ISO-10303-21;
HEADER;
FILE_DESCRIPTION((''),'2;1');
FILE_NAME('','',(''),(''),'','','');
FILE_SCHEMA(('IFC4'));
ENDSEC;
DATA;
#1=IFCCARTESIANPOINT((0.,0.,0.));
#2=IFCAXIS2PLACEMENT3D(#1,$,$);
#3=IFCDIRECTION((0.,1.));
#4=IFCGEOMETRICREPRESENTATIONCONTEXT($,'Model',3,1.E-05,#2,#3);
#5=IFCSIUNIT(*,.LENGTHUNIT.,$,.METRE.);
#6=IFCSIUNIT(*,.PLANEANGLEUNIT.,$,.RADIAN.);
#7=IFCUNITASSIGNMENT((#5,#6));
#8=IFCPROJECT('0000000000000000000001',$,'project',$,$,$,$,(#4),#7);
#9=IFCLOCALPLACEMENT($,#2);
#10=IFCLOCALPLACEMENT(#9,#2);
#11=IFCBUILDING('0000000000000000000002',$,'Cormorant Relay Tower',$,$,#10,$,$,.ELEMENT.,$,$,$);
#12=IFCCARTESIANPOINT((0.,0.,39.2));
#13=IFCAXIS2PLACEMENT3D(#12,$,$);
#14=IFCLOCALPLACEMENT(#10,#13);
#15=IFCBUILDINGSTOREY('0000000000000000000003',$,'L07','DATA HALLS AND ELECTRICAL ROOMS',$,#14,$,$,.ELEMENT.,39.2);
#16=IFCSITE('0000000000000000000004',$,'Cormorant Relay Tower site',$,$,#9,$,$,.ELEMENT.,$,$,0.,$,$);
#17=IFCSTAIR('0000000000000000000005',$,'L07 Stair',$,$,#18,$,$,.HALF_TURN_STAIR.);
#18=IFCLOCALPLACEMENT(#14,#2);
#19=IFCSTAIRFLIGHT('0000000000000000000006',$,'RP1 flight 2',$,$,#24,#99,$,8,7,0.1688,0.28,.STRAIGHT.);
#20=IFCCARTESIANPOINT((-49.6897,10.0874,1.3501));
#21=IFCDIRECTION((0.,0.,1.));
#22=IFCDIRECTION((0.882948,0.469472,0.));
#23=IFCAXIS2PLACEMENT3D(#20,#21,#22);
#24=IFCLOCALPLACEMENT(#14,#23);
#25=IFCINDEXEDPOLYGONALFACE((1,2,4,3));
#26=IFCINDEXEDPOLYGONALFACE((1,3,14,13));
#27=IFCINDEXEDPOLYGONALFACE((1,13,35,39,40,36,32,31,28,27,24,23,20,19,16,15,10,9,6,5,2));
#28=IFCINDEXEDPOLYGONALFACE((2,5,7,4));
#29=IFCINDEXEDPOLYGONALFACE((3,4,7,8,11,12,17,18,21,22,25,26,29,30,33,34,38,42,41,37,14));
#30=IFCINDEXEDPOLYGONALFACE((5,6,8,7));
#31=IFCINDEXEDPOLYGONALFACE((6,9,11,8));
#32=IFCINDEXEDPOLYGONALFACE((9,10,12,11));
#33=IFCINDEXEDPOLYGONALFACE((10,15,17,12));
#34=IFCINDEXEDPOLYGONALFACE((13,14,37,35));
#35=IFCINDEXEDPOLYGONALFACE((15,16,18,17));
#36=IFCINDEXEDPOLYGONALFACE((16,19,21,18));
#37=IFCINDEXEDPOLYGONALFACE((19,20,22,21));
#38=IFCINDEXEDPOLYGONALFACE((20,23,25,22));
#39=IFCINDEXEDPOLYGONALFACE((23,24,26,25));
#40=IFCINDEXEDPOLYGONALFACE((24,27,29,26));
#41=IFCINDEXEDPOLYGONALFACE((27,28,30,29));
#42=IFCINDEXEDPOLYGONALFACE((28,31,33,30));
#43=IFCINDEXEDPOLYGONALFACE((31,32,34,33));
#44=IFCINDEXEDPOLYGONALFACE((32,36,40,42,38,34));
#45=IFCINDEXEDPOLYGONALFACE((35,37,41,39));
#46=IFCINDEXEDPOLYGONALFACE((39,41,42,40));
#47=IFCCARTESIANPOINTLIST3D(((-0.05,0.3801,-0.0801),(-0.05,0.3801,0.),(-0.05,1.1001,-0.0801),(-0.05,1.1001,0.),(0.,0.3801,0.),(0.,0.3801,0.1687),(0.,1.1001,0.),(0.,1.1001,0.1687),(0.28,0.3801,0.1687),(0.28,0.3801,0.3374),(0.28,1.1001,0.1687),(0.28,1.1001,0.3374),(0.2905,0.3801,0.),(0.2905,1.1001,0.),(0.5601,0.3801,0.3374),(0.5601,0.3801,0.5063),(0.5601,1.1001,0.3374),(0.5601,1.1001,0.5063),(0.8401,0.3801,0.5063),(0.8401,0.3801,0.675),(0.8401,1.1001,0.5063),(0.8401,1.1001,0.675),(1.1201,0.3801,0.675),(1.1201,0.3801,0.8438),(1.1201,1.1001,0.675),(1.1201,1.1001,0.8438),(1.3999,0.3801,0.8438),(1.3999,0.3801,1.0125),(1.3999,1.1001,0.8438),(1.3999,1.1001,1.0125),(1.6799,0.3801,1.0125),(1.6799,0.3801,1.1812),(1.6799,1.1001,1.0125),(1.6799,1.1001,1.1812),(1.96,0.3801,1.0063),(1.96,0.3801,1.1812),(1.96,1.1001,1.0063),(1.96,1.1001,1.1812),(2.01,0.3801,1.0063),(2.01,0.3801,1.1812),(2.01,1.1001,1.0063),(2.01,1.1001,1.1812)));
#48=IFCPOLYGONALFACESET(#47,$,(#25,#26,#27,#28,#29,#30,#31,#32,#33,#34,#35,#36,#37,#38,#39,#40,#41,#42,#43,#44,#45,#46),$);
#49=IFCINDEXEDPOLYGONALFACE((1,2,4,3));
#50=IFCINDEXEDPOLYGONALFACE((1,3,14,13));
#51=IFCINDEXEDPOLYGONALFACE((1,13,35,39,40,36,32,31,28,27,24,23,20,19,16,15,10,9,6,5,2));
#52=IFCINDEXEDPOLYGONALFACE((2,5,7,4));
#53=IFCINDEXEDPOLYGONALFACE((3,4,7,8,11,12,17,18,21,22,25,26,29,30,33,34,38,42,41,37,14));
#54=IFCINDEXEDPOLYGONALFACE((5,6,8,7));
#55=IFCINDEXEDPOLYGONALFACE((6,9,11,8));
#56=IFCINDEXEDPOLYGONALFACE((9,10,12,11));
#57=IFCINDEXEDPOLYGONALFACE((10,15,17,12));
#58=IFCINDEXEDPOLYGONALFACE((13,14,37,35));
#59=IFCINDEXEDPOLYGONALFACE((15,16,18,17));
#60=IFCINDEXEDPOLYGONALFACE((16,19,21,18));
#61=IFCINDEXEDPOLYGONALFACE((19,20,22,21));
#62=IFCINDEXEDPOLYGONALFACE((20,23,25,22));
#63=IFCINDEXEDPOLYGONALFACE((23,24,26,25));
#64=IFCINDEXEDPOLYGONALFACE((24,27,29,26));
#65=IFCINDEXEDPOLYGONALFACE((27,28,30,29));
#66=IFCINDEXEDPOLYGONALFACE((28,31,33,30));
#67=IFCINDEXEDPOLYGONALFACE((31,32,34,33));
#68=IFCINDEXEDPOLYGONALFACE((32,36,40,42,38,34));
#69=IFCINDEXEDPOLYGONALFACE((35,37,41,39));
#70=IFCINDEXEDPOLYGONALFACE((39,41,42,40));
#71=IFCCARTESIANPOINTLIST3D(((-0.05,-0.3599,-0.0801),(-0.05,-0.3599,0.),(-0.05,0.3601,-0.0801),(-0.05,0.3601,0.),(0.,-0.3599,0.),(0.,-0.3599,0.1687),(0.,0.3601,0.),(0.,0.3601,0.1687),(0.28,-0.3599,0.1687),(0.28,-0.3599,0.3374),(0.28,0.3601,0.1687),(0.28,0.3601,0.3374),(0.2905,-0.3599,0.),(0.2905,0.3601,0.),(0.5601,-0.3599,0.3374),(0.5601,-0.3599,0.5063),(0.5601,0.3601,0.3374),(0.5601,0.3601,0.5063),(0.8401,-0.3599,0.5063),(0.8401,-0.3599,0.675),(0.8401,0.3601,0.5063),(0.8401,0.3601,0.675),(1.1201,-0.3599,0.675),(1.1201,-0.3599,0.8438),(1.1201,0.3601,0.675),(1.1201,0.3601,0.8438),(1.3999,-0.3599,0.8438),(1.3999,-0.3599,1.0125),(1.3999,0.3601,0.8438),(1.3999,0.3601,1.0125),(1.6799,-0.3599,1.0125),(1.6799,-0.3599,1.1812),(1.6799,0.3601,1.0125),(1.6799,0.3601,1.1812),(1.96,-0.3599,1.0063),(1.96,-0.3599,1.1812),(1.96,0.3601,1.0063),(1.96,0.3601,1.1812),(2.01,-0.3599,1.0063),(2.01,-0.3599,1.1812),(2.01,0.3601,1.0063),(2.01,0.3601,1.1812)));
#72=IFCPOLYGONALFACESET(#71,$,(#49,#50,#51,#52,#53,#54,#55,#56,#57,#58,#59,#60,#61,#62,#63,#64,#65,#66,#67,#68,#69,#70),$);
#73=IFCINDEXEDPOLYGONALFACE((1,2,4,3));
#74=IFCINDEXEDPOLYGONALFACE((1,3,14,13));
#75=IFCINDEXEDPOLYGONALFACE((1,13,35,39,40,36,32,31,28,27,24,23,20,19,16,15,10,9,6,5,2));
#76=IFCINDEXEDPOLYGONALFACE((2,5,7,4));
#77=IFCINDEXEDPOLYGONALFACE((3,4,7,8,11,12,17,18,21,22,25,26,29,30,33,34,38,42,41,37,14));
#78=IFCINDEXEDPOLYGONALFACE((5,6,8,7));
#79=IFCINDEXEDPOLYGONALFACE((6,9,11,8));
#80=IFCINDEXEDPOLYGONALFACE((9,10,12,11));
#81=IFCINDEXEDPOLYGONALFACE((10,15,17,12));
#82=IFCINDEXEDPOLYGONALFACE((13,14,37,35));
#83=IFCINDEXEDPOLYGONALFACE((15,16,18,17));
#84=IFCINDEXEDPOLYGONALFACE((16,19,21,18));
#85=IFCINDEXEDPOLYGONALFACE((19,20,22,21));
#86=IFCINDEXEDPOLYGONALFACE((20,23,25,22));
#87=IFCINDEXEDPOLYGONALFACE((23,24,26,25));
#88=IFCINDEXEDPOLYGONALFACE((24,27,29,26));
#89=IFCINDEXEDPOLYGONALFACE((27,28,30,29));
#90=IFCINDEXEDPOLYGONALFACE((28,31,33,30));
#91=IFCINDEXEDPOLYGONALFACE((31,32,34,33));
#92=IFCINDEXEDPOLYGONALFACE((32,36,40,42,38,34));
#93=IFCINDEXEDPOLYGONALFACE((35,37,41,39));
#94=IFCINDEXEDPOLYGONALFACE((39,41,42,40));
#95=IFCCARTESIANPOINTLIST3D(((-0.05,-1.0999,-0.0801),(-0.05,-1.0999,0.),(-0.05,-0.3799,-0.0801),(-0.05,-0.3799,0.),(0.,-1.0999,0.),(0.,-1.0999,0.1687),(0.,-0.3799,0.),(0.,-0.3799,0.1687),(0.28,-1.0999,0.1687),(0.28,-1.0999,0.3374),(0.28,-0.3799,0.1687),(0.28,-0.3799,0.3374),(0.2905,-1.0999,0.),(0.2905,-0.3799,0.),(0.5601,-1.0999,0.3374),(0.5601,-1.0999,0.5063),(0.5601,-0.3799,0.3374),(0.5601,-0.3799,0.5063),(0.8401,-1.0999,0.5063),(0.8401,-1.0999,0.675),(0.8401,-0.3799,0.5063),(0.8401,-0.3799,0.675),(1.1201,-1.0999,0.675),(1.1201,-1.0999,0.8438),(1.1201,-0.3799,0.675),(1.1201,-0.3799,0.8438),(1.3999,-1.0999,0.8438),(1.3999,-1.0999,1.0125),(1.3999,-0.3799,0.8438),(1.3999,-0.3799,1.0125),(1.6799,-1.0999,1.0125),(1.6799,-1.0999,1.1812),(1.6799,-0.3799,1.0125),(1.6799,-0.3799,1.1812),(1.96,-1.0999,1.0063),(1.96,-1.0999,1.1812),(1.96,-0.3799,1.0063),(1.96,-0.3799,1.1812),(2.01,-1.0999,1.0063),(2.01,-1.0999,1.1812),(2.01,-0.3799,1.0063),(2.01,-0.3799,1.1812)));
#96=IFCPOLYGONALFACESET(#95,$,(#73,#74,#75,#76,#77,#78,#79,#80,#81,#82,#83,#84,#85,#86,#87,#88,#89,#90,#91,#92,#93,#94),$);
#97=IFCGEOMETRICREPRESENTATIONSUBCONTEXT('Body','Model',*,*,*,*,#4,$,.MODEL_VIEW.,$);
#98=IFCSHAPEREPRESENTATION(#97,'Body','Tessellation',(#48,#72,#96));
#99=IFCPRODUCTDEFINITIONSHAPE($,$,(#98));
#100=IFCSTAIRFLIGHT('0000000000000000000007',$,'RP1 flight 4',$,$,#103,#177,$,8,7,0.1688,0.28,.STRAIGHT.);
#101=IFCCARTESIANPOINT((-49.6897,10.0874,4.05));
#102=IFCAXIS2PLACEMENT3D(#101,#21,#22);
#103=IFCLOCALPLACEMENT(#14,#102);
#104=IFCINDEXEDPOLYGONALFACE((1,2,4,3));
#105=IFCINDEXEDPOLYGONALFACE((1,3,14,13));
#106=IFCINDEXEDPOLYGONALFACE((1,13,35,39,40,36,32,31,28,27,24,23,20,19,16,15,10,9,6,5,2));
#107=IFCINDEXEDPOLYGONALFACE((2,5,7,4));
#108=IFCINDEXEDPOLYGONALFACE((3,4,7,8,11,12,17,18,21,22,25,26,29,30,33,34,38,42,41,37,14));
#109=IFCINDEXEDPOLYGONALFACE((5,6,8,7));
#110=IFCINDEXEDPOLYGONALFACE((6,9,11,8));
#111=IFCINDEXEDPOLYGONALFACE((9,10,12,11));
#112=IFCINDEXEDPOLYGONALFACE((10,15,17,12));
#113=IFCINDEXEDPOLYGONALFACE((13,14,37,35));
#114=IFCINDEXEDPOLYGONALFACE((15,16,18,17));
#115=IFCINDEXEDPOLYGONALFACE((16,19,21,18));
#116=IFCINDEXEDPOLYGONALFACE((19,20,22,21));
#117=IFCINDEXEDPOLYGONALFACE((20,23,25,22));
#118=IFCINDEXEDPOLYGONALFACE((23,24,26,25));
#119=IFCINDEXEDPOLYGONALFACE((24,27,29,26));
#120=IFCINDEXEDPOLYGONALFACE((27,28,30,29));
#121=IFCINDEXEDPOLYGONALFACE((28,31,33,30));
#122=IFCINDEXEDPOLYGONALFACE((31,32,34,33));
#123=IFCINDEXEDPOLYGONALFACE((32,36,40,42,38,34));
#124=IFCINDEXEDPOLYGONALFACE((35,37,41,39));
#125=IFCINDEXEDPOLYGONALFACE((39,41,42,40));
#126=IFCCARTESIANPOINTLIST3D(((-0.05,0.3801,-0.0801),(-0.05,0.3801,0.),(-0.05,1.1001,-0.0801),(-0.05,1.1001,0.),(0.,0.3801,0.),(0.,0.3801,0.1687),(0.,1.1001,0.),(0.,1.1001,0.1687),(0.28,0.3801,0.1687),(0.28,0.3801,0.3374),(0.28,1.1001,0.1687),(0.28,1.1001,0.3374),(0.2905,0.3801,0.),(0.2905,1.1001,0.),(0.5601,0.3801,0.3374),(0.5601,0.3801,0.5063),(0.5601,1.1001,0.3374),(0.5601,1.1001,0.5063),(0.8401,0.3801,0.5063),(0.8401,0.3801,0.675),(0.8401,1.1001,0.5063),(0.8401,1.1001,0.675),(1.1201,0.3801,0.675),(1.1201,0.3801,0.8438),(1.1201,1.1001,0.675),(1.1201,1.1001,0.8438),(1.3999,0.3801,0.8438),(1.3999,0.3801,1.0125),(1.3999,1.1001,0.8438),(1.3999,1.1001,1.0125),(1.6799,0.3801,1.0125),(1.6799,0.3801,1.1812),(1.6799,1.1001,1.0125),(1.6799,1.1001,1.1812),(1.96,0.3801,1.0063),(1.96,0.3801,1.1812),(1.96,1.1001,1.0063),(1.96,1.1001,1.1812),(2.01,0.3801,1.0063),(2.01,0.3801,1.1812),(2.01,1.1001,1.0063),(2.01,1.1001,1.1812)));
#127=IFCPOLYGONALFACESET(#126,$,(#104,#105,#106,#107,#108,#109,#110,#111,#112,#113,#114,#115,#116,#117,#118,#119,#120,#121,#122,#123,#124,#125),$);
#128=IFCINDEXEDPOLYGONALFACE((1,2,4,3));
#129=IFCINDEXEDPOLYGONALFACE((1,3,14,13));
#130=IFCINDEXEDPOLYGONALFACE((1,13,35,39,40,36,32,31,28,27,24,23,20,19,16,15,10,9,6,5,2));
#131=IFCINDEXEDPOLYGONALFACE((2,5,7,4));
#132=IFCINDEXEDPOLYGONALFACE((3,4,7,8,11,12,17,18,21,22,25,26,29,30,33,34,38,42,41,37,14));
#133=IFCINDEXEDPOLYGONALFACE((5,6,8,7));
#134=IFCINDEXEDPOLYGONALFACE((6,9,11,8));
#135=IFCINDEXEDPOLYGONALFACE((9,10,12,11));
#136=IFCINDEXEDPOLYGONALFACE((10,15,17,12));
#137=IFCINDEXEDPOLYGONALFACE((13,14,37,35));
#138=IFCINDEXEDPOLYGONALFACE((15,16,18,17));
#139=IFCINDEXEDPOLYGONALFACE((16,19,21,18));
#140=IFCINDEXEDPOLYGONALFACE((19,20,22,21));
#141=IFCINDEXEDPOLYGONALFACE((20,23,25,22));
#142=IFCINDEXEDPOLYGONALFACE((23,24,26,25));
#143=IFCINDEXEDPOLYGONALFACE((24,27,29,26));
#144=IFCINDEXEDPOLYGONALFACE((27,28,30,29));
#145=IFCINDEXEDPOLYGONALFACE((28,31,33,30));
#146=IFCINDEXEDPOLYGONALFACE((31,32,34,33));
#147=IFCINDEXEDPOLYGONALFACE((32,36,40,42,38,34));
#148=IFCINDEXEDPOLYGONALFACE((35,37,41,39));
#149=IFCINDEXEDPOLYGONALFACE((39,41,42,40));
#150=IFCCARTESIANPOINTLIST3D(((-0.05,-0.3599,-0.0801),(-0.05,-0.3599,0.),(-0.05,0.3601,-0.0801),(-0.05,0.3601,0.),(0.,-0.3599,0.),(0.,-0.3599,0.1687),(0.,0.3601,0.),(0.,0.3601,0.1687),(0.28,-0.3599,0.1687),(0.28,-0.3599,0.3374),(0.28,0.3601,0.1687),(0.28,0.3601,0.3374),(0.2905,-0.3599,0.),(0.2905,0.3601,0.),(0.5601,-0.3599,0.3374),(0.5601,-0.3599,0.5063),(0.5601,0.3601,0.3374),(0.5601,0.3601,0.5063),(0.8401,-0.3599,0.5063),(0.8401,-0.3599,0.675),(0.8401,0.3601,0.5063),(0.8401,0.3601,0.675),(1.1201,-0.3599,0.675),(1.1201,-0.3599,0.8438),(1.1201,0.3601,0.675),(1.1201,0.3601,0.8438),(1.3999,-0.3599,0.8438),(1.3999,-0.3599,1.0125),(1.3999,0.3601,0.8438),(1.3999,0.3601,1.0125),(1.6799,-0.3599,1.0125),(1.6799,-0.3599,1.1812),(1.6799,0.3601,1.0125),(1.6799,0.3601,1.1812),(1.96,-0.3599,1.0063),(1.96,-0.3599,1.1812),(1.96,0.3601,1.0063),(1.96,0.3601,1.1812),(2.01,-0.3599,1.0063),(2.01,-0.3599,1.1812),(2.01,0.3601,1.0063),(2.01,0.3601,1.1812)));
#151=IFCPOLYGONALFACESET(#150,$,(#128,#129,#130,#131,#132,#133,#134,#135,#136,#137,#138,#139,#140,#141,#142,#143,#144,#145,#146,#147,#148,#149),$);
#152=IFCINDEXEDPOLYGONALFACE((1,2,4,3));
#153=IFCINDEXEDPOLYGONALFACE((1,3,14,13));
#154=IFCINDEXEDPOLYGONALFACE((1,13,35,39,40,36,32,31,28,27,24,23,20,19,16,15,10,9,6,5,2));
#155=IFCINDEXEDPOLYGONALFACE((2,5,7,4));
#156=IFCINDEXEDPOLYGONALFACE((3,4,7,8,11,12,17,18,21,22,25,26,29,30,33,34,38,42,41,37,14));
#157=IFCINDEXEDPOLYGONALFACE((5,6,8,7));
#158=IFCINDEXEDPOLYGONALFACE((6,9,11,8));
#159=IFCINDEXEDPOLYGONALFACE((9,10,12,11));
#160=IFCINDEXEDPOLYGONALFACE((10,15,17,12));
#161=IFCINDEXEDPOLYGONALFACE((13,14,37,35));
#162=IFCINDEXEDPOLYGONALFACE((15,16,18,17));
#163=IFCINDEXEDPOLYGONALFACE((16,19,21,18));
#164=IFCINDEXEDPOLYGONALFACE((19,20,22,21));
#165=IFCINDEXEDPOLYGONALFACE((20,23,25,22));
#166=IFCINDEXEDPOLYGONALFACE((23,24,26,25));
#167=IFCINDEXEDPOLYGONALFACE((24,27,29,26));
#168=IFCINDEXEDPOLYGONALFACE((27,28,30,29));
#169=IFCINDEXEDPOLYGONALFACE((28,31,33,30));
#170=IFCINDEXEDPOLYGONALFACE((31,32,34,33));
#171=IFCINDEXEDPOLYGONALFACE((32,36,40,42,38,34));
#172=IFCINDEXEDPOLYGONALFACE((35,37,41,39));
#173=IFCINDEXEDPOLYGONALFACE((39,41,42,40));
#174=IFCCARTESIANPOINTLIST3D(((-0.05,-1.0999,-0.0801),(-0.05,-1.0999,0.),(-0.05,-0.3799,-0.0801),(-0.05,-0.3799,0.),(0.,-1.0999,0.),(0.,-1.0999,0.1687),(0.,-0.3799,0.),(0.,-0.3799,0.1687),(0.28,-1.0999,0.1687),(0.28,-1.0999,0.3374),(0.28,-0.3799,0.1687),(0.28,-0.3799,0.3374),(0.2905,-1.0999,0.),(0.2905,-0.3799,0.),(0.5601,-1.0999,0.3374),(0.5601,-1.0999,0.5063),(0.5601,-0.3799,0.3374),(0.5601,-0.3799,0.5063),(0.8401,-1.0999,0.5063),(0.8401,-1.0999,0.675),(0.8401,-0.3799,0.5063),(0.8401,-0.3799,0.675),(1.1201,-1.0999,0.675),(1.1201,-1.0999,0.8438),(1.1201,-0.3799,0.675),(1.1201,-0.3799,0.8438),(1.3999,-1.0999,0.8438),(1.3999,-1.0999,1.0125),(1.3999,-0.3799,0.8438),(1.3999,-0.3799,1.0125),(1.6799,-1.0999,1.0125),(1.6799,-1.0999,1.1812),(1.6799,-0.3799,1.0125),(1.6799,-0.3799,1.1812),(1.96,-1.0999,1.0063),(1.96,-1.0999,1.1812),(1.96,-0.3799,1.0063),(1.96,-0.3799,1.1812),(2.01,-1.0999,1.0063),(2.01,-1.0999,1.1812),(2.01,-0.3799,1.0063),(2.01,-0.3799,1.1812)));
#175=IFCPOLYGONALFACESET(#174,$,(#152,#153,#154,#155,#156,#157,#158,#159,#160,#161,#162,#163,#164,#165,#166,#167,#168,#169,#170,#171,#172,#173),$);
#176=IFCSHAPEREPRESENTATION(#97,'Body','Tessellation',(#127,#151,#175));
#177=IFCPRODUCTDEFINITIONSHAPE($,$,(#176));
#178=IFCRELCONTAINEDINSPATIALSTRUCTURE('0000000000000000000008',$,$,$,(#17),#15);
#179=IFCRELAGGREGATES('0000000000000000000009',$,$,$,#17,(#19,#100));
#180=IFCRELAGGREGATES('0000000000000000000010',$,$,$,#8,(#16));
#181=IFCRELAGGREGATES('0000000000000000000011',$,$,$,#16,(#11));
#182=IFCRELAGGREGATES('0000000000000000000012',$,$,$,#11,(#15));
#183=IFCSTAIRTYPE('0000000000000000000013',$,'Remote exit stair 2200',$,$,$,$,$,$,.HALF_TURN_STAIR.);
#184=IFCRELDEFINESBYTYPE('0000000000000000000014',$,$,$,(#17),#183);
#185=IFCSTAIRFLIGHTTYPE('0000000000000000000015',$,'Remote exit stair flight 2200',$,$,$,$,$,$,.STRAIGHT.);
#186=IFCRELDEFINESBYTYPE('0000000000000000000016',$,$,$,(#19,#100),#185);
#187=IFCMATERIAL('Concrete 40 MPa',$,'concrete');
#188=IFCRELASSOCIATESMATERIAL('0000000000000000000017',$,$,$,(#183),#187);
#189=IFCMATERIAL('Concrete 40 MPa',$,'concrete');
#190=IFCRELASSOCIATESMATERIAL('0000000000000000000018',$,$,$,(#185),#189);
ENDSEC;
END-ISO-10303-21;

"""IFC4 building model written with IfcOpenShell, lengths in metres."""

from ifc_helpers import new_model, si_unit, direction, frame, origin, place, context, subcontext, project, spatial, polyline, outline, extrude, material, type_object, element, aggregate, save


model = new_model("IFC4")

# Units and contexts
model_context = context("Model", 3, precision=1e-05, world=origin(), true_north=direction((0.0, 1.0)))
body_context = subcontext(model_context, "Body", "Model", "MODEL_VIEW")
ifc_project = project(units=[si_unit("LENGTHUNIT", "METRE"), si_unit("PLANEANGLEUNIT", "RADIAN")], contexts=[model_context])

# Site, building, storey
site_placement = place(None, origin())
site = spatial("IfcSite", under=ifc_project, at=site_placement, Name="Cormorant Relay Tower site", CompositionType="ELEMENT", RefElevation=0.0)
building_placement = place(site_placement, origin())
building = spatial("IfcBuilding", under=site, at=building_placement, Name="Cormorant Relay Tower", CompositionType="ELEMENT")
storey_placement = place(building_placement, frame((0.0, 0.0, 39.2)))
storey = spatial("IfcBuildingStorey", under=building, at=storey_placement, Name="L07", Description="DATA HALLS AND ELECTRICAL ROOMS", CompositionType="ELEMENT", Elevation=39.2)

# Stair, stair flights
ifc_material_1 = material(Name="Concrete 40 MPa", Category="concrete")
stair_type = type_object("IfcStairType", Name="Remote exit stair 2200", PredefinedType="HALF_TURN_STAIR", material=ifc_material_1)
stair_placement = place(storey_placement, origin())
stair = element("IfcStair", 1, at=stair_placement, inside=storey, type_object=stair_type, Name="L07 Stair", PredefinedType="HALF_TURN_STAIR")
ifc_material_2 = material(Name="Concrete 40 MPa", Category="concrete")
stair_flight_type = type_object("IfcStairFlightType", Name="Remote exit stair flight 2200", PredefinedType="STRAIGHT", material=ifc_material_2)
stair_flight_1_placement = place(storey_placement, frame((-49.6897, 10.0874, 1.3501), z_axis=(0.0, 0.0, 1.0), x_axis=(0.882948, 0.469472, 0.0)))
stair_flight_1 = element("IfcStairFlight", 2, at=stair_flight_1_placement, type_object=stair_flight_type, Name="RP1 flight 2", NumberOfRisers=8, NumberOfTreads=7, PredefinedType="STRAIGHT", RiserHeight=0.1688, TreadLength=0.28, context=body_context, shape_type="SweptSolid", body=[
    extrude(outline(polyline([(-0.05, -0.0801), (-0.05, 0.0), (0.0, 0.0), (0.0, 0.1687), (0.28, 0.1687), (0.28, 0.3374), (0.5601, 0.3374), (0.5601, 0.5063), (0.8401, 0.5063), (0.8401, 0.675), (1.1201, 0.675), (1.1201, 0.8438), (1.3999, 0.8438), (1.3999, 1.0125), (1.6799, 1.0125), (1.6799, 1.1812), (1.96, 1.1812), (2.01, 1.1812), (2.01, 1.0063), (1.96, 1.0063), (0.2905, 0.0), (-0.05, -0.0801)])), frame((0.0, 1.1001, 0.0), z_axis=(0.0, -1.0, 0.0), x_axis=(1.0, 0.0, 0.0)), (0.0, 0.0, 1.0), 0.72),
    extrude(outline(polyline([(-0.05, -0.0801), (-0.05, 0.0), (0.0, 0.0), (0.0, 0.1687), (0.28, 0.1687), (0.28, 0.3374), (0.5601, 0.3374), (0.5601, 0.5063), (0.8401, 0.5063), (0.8401, 0.675), (1.1201, 0.675), (1.1201, 0.8438), (1.3999, 0.8438), (1.3999, 1.0125), (1.6799, 1.0125), (1.6799, 1.1812), (1.96, 1.1812), (2.01, 1.1812), (2.01, 1.0063), (1.96, 1.0063), (0.2905, 0.0), (-0.05, -0.0801)])), frame((0.0, 0.3601, 0.0), z_axis=(0.0, -1.0, 0.0), x_axis=(1.0, 0.0, 0.0)), (0.0, 0.0, 1.0), 0.72),
    extrude(outline(polyline([(-0.05, -0.0801), (-0.05, 0.0), (0.0, 0.0), (0.0, 0.1687), (0.28, 0.1687), (0.28, 0.3374), (0.5601, 0.3374), (0.5601, 0.5063), (0.8401, 0.5063), (0.8401, 0.675), (1.1201, 0.675), (1.1201, 0.8438), (1.3999, 0.8438), (1.3999, 1.0125), (1.6799, 1.0125), (1.6799, 1.1812), (1.96, 1.1812), (2.01, 1.1812), (2.01, 1.0063), (1.96, 1.0063), (0.2905, 0.0), (-0.05, -0.0801)])), frame((0.0, -0.3799, 0.0), z_axis=(0.0, -1.0, 0.0), x_axis=(1.0, 0.0, 0.0)), (0.0, 0.0, 1.0), 0.72),
])
stair_flight_2_placement = place(storey_placement, frame((-49.6897, 10.0874, 4.05), z_axis=(0.0, 0.0, 1.0), x_axis=(0.882948, 0.469472, 0.0)))
stair_flight_2 = element("IfcStairFlight", 3, at=stair_flight_2_placement, type_object=stair_flight_type, Name="RP1 flight 4", NumberOfRisers=8, NumberOfTreads=7, PredefinedType="STRAIGHT", RiserHeight=0.1688, TreadLength=0.28, context=body_context, shape_type="SweptSolid", body=[
    extrude(outline(polyline([(-0.05, -0.0801), (-0.05, 0.0), (0.0, 0.0), (0.0, 0.1687), (0.28, 0.1687), (0.28, 0.3374), (0.5601, 0.3374), (0.5601, 0.5063), (0.8401, 0.5063), (0.8401, 0.675), (1.1201, 0.675), (1.1201, 0.8438), (1.3999, 0.8438), (1.3999, 1.0125), (1.6799, 1.0125), (1.6799, 1.1812), (1.96, 1.1812), (2.01, 1.1812), (2.01, 1.0063), (1.96, 1.0063), (0.2905, 0.0), (-0.05, -0.0801)])), frame((0.0, 1.1001, 0.0), z_axis=(0.0, -1.0, 0.0), x_axis=(1.0, 0.0, 0.0)), (0.0, 0.0, 1.0), 0.72),
    extrude(outline(polyline([(-0.05, -0.0801), (-0.05, 0.0), (0.0, 0.0), (0.0, 0.1687), (0.28, 0.1687), (0.28, 0.3374), (0.5601, 0.3374), (0.5601, 0.5063), (0.8401, 0.5063), (0.8401, 0.675), (1.1201, 0.675), (1.1201, 0.8438), (1.3999, 0.8438), (1.3999, 1.0125), (1.6799, 1.0125), (1.6799, 1.1812), (1.96, 1.1812), (2.01, 1.1812), (2.01, 1.0063), (1.96, 1.0063), (0.2905, 0.0), (-0.05, -0.0801)])), frame((0.0, 0.3601, 0.0), z_axis=(0.0, -1.0, 0.0), x_axis=(1.0, 0.0, 0.0)), (0.0, 0.0, 1.0), 0.72),
    extrude(outline(polyline([(-0.05, -0.0801), (-0.05, 0.0), (0.0, 0.0), (0.0, 0.1687), (0.28, 0.1687), (0.28, 0.3374), (0.5601, 0.3374), (0.5601, 0.5063), (0.8401, 0.5063), (0.8401, 0.675), (1.1201, 0.675), (1.1201, 0.8438), (1.3999, 0.8438), (1.3999, 1.0125), (1.6799, 1.0125), (1.6799, 1.1812), (1.96, 1.1812), (2.01, 1.1812), (2.01, 1.0063), (1.96, 1.0063), (0.2905, 0.0), (-0.05, -0.0801)])), frame((0.0, -0.3799, 0.0), z_axis=(0.0, -1.0, 0.0), x_axis=(1.0, 0.0, 0.0)), (0.0, 0.0, 1.0), 0.72),
])
aggregate(stair, [stair_flight_1, stair_flight_2])

save(model, "model.ifc")
